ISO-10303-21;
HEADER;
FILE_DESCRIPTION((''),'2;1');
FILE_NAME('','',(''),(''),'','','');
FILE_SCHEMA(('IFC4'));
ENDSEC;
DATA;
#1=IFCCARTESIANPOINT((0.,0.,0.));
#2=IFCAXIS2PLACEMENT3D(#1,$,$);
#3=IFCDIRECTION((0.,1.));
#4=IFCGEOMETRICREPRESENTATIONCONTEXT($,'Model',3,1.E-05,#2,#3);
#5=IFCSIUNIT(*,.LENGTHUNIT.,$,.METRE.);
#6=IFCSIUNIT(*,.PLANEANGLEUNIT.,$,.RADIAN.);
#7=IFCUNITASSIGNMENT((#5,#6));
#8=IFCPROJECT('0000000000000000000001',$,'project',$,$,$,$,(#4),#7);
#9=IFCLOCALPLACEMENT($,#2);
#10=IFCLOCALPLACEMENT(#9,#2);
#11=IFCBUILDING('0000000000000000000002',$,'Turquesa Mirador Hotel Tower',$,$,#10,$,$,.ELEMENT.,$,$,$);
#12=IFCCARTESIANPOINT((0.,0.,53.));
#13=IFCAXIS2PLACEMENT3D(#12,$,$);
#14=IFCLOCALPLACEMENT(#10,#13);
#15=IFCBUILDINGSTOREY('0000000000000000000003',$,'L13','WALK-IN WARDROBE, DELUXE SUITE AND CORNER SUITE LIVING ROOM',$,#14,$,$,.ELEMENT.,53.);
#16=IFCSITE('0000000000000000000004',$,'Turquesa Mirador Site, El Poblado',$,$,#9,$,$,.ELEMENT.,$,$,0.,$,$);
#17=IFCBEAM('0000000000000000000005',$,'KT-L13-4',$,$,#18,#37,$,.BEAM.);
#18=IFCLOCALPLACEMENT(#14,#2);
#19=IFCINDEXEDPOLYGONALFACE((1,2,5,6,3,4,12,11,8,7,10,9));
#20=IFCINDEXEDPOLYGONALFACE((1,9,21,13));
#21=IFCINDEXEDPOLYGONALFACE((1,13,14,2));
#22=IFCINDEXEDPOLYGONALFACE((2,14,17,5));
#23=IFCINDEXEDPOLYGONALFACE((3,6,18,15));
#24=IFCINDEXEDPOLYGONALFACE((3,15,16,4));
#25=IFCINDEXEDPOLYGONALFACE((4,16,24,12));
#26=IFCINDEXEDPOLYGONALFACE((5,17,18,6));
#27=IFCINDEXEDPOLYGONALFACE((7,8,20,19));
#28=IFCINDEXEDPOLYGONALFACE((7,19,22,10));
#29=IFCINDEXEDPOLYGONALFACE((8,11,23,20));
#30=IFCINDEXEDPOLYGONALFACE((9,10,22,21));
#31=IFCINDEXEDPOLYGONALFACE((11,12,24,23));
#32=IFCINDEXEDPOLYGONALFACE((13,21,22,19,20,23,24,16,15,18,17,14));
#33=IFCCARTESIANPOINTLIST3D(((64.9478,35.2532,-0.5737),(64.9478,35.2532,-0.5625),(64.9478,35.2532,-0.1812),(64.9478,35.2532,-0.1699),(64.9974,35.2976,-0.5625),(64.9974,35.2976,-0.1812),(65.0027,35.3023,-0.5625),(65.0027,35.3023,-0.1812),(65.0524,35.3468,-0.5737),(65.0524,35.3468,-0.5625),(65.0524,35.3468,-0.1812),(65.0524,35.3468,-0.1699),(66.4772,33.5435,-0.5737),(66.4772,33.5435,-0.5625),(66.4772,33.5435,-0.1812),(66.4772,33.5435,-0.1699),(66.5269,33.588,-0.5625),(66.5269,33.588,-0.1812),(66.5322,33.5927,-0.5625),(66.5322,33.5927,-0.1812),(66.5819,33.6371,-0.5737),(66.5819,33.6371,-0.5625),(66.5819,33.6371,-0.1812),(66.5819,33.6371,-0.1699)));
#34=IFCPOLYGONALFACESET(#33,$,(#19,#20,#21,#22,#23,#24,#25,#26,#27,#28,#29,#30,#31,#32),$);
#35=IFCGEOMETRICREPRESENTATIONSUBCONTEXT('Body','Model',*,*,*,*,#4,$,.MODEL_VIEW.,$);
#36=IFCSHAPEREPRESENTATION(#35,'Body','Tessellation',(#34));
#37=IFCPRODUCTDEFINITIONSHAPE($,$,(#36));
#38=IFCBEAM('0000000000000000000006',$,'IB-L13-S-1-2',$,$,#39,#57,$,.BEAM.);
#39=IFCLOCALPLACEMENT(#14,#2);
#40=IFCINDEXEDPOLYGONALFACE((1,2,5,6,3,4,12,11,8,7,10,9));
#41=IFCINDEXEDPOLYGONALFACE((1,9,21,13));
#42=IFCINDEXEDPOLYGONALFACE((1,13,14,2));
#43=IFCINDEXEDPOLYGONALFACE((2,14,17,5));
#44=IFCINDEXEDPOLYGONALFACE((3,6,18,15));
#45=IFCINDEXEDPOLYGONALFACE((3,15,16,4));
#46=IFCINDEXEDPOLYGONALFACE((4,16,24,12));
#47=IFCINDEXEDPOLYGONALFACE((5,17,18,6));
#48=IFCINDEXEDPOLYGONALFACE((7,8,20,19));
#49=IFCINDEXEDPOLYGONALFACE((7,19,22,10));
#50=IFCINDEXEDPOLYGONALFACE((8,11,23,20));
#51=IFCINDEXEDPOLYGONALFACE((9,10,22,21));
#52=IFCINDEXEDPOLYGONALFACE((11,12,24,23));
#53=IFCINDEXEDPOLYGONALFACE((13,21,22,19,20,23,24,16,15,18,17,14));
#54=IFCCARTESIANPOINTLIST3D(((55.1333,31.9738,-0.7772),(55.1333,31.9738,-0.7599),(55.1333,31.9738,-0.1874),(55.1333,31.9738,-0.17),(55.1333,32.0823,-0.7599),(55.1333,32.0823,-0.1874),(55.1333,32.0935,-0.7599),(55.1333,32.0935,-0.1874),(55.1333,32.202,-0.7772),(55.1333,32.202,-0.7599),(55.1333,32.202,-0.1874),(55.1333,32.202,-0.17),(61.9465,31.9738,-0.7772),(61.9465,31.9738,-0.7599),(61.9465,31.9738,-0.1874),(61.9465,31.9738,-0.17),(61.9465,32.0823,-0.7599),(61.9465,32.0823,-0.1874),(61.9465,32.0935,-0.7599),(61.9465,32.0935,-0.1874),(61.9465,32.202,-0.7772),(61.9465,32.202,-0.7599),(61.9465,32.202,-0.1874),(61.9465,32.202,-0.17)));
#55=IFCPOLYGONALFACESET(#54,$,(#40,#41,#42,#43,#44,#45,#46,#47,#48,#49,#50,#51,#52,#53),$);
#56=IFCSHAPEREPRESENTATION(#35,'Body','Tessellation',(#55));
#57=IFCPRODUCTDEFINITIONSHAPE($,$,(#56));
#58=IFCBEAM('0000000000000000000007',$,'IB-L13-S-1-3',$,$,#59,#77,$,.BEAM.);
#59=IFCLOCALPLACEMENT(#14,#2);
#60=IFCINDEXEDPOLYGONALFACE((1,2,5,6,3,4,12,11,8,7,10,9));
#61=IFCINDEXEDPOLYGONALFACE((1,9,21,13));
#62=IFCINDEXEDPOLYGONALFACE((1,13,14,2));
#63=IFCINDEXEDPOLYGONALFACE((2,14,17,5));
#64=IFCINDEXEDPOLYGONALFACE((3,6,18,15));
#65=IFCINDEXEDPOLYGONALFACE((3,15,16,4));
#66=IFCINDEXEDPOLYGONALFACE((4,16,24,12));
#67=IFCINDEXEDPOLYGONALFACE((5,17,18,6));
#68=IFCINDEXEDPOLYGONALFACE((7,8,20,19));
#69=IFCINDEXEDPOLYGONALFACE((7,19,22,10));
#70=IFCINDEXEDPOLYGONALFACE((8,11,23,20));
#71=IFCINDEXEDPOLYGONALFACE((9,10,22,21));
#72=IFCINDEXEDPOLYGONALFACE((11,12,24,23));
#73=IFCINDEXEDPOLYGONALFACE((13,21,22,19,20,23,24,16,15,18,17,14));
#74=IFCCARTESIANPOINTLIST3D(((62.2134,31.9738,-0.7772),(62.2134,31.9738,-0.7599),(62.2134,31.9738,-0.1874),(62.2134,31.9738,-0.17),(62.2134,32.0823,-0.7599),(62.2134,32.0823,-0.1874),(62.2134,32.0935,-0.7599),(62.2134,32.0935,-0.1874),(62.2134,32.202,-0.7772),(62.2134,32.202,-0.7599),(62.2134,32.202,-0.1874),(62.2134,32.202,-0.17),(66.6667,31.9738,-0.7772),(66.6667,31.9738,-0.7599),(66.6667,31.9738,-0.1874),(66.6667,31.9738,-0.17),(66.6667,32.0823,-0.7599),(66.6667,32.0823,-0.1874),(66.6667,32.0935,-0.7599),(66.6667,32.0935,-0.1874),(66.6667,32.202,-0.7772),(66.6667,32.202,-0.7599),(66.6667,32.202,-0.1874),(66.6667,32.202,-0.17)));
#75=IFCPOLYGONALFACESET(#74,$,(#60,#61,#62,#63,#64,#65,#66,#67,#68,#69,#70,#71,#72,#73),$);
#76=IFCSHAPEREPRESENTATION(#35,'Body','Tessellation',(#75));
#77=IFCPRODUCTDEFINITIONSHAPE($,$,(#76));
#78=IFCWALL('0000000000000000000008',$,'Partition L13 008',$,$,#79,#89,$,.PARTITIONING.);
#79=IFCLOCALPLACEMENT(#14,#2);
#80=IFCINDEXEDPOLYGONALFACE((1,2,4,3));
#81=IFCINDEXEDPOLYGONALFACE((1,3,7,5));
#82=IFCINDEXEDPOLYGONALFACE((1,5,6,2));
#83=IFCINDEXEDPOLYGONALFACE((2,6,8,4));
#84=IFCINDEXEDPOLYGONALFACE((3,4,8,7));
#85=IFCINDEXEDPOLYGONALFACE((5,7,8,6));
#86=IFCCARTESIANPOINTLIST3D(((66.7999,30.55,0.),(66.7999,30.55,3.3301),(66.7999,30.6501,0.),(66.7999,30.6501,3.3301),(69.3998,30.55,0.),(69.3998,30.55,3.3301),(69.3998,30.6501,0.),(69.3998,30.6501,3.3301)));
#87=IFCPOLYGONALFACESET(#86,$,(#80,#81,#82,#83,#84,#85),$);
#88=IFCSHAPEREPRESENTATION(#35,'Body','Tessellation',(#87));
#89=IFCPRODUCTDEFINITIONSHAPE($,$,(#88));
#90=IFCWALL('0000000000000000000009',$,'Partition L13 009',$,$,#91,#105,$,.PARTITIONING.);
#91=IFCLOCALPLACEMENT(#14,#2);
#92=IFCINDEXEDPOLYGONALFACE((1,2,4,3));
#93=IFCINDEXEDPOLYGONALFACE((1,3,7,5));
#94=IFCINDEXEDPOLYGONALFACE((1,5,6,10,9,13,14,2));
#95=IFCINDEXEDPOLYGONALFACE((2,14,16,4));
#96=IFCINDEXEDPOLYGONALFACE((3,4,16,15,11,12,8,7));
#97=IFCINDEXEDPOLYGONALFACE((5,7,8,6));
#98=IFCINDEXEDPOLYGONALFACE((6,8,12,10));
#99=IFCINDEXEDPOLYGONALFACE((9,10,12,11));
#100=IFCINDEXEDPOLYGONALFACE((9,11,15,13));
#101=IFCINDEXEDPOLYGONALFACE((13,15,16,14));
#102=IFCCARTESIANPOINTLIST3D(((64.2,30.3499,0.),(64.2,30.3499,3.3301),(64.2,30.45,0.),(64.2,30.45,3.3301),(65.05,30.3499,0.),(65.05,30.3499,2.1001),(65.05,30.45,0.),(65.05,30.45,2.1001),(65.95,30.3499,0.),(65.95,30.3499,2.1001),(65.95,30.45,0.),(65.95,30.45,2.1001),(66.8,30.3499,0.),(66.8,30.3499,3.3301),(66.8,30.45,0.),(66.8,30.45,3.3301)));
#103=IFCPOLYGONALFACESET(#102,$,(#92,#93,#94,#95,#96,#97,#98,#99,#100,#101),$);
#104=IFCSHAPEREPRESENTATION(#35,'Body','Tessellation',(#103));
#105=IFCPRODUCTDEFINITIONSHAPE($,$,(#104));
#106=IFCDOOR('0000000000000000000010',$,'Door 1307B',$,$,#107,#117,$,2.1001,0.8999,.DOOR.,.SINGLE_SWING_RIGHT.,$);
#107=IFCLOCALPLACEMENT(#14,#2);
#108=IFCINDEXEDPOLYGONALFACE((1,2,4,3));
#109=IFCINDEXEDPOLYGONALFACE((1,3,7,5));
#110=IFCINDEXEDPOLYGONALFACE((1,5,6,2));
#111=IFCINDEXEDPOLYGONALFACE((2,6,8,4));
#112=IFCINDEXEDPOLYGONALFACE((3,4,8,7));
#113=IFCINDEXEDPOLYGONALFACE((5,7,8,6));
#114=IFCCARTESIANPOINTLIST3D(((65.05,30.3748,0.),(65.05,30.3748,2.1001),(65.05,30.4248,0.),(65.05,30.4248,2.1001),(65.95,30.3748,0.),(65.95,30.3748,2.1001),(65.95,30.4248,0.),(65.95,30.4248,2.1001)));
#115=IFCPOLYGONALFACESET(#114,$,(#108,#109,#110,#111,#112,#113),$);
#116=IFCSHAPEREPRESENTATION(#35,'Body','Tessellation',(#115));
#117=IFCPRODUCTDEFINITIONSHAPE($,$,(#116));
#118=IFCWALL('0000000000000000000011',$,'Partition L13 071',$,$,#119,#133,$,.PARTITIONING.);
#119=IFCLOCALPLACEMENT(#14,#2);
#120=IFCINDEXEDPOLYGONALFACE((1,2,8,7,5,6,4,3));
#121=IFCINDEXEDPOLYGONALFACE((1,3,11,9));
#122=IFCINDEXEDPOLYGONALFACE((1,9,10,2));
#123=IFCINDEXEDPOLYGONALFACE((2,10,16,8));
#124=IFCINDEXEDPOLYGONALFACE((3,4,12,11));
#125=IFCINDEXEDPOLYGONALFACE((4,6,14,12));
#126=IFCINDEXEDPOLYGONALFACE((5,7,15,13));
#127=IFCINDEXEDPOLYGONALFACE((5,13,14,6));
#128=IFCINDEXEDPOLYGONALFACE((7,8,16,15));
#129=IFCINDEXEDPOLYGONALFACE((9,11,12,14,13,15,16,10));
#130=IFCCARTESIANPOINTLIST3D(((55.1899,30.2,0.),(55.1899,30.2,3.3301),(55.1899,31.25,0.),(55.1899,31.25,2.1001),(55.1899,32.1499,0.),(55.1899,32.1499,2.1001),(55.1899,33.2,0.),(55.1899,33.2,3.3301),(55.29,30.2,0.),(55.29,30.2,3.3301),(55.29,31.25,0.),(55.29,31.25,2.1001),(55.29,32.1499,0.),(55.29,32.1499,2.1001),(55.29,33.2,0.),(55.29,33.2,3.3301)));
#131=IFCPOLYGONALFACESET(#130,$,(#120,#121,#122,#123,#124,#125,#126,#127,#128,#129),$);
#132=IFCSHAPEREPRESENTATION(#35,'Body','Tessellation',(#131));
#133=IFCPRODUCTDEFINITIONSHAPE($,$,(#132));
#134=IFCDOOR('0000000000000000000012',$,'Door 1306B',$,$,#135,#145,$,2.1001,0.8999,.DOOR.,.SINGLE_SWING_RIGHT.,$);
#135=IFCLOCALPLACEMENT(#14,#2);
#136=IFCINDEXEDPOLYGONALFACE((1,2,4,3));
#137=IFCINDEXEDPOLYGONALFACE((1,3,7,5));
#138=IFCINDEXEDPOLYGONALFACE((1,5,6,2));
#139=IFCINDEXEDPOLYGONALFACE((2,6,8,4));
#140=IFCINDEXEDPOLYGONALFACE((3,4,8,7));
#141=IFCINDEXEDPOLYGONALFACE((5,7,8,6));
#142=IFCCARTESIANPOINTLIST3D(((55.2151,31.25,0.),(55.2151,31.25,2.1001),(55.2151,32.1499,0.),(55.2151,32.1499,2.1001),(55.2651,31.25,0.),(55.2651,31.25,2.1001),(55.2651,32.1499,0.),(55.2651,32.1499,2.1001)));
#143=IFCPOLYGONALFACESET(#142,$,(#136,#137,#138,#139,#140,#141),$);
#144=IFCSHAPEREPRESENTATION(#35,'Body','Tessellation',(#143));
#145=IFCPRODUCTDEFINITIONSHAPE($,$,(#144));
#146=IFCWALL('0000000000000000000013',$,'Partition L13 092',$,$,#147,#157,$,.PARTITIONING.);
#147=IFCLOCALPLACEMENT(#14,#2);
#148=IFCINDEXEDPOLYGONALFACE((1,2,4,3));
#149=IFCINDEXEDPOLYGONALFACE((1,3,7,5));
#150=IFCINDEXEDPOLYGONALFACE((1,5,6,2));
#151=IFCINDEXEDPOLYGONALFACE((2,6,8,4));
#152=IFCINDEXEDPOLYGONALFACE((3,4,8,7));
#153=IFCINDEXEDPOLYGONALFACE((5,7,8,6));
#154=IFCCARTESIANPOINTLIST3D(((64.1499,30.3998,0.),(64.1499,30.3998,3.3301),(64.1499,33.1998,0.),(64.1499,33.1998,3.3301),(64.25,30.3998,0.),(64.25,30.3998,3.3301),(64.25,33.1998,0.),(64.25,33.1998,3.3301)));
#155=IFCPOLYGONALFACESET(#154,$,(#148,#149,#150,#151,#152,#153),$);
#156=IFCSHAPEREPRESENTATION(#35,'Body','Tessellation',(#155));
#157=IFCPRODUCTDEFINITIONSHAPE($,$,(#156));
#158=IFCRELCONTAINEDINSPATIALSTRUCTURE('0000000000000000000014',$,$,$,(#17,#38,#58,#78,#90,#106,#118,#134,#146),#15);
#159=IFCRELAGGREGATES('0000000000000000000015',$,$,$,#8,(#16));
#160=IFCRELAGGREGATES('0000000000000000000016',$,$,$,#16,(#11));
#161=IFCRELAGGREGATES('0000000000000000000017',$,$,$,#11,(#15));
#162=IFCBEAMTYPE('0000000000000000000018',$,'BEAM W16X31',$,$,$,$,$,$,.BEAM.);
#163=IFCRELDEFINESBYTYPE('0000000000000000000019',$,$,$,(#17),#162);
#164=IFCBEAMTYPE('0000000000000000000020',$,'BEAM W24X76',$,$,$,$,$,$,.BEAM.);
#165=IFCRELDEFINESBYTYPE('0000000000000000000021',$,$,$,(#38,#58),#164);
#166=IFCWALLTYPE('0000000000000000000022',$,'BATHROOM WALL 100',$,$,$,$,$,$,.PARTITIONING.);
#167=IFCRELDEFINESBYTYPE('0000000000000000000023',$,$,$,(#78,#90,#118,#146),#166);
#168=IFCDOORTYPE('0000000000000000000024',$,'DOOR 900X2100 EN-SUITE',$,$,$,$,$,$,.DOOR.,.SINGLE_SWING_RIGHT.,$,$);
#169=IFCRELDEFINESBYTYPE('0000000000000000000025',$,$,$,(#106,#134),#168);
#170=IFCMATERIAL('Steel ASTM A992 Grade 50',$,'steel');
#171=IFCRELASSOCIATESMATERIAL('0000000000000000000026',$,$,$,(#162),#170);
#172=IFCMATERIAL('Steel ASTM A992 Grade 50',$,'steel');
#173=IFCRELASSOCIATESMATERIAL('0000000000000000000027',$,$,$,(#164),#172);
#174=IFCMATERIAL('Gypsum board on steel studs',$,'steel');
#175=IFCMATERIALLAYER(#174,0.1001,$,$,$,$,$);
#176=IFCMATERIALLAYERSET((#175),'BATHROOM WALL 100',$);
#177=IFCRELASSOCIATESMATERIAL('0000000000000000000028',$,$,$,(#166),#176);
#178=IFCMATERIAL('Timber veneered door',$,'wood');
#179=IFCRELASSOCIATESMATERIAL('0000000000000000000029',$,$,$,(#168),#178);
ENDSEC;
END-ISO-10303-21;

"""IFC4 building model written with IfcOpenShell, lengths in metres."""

from ifc_helpers import new_model, si_unit, direction, frame, frame_2d, origin, origin_2d, place, context, subcontext, project, spatial, rectangle, i_section, extrude, material, layer, layer_set, material_profile, profile_set, type_object, element, fill, save


model = new_model("IFC4")

# Units and contexts
model_context = context("Model", 3, precision=1e-05, world=origin(), true_north=direction((0.0, 1.0)))
body_context = subcontext(model_context, "Body", "Model", "MODEL_VIEW")
ifc_project = project(units=[si_unit("LENGTHUNIT", "METRE"), si_unit("PLANEANGLEUNIT", "RADIAN")], contexts=[model_context])

# Site, building, storey
site_placement = place(None, origin())
site = spatial("IfcSite", under=ifc_project, at=site_placement, Name="Turquesa Mirador Site, El Poblado", CompositionType="ELEMENT", RefElevation=0.0)
building_placement = place(site_placement, origin())
building = spatial("IfcBuilding", under=site, at=building_placement, Name="Turquesa Mirador Hotel Tower", CompositionType="ELEMENT")
storey_placement = place(building_placement, frame((0.0, 0.0, 53.0)))
storey = spatial("IfcBuildingStorey", under=building, at=storey_placement, Name="L13", Description="WALK-IN WARDROBE, DELUXE SUITE AND CORNER SUITE LIVING ROOM", CompositionType="ELEMENT", Elevation=53.0)

# Beams
ifc_material_1 = material(Name="Steel ASTM A992 Grade 50", Category="steel")
ifc_material_profile_1 = material_profile(ifc_material_1, i_section(OverallWidth=0.1404, OverallDepth=0.4038, WebThickness=0.0071, FlangeThickness=0.0112, at=origin_2d()), Name="W16X31")
ifc_profile_set_1 = profile_set([ifc_material_profile_1], Name="Steel ASTM A992 Grade 50")
beam_type_1 = type_object("IfcBeamType", Name="BEAM W16X31", PredefinedType="BEAM", material=ifc_profile_set_1)
beam_1_placement = place(storey_placement, frame((66.5295, 33.5903, -0.3718), z_axis=(-0.666745, 0.745286, 0.0), x_axis=(-0.745286, -0.666745, 0.0)))
element("IfcBeam", 1, at=beam_1_placement, inside=storey, type_object=beam_type_1, Name="KT-L13-4", PredefinedType="BEAM", context=body_context, shape_type="SweptSolid", body=[
    extrude(i_section(OverallWidth=0.1404, OverallDepth=0.4038, WebThickness=0.0071, FlangeThickness=0.0112, at=origin_2d()), origin(), (0.0, 0.0, 1.0), 2.2939),
])
ifc_material_2 = material(Name="Steel ASTM A992 Grade 50", Category="steel")
ifc_material_profile_2 = material_profile(ifc_material_2, i_section(OverallWidth=0.2283, OverallDepth=0.6072, WebThickness=0.0112, FlangeThickness=0.0173, at=origin_2d()), Name="W24X76")
ifc_profile_set_2 = profile_set([ifc_material_profile_2], Name="Steel ASTM A992 Grade 50")
beam_type_2 = type_object("IfcBeamType", Name="BEAM W24X76", PredefinedType="BEAM", material=ifc_profile_set_2)
beam_2_placement = place(storey_placement, frame((55.1333, 32.0879, -0.4736), z_axis=(1.0, 0.0, 0.0), x_axis=(0.0, 1.0, 0.0)))
element("IfcBeam", 2, at=beam_2_placement, inside=storey, type_object=beam_type_2, Name="IB-L13-S-1-2", PredefinedType="BEAM", context=body_context, shape_type="SweptSolid", body=[
    extrude(i_section(OverallWidth=0.2283, OverallDepth=0.6072, WebThickness=0.0112, FlangeThickness=0.0173, at=origin_2d()), origin(), (0.0, 0.0, 1.0), 6.8132),
])
beam_3_placement = place(storey_placement, frame((62.2134, 32.0879, -0.4736), z_axis=(1.0, 0.0, 0.0), x_axis=(0.0, 1.0, 0.0)))
element("IfcBeam", 3, at=beam_3_placement, inside=storey, type_object=beam_type_2, Name="IB-L13-S-1-3", PredefinedType="BEAM", context=body_context, shape_type="SweptSolid", body=[
    extrude(i_section(OverallWidth=0.2283, OverallDepth=0.6072, WebThickness=0.0112, FlangeThickness=0.0173, at=origin_2d()), origin(), (0.0, 0.0, 1.0), 4.4534),
])

# Wall
ifc_material_3 = material(Name="Gypsum board on steel studs", Category="steel")
ifc_layer_1 = layer(ifc_material_3, 0.1001)
ifc_layer_set_1 = layer_set([ifc_layer_1], Name="BATHROOM WALL 100")
wall_type_1 = type_object("IfcWallType", Name="BATHROOM WALL 100", PredefinedType="PARTITIONING", material=ifc_layer_set_1)
wall_1_placement = place(storey_placement, frame((66.8, 30.6001, 0.0), z_axis=(0.0, 0.0, 1.0), x_axis=(1.0, 0.0, 0.0)))
element("IfcWall", 4, at=wall_1_placement, inside=storey, type_object=wall_type_1, Name="Partition L13 008", PredefinedType="PARTITIONING", context=body_context, shape_type="SweptSolid", body=[
    extrude(rectangle(XDim=2.5999, YDim=0.1001, at=frame_2d((1.2998, 0.0))), origin(), (0.0, 0.0, 1.0), 3.3301),
])

# Walls, openings, doors
wall_2_placement = place(storey_placement, frame((64.2, 30.3999, 0.0), z_axis=(0.0, 0.0, 1.0), x_axis=(1.0, 0.0, 0.0)))
wall_2 = element("IfcWall", 5, at=wall_2_placement, inside=storey, type_object=wall_type_1, Name="Partition L13 009", PredefinedType="PARTITIONING", context=body_context, shape_type="SweptSolid", body=[
    extrude(rectangle(XDim=2.6001, YDim=0.1001, at=frame_2d((1.3, 0.0))), origin(), (0.0, 0.0, 1.0), 3.3301),
])
opening_1_placement = place(wall_2_placement, frame((0.8501, 0.0, 0.0)))
opening_1 = element("IfcOpeningElement", 6, at=opening_1_placement, cuts=wall_2, PredefinedType="OPENING", context=body_context, shape_type="SweptSolid", body=[
    extrude(rectangle(XDim=0.8999, YDim=2.1001, at=frame_2d((0.45, 1.05))), frame((0.0, 0.0601, 0.0), z_axis=(0.0, -1.0, 0.0), x_axis=(1.0, 0.0, 0.0)), (0.0, 0.0, 1.0), 0.1201),
])
ifc_material_4 = material(Name="Timber veneered door", Category="wood")
door_type_1 = type_object("IfcDoorType", Name="DOOR 900X2100 EN-SUITE", OperationType="SINGLE_SWING_RIGHT", PredefinedType="DOOR", material=ifc_material_4)
door_1_placement = place(opening_1_placement, origin())
door_1 = element("IfcDoor", 7, at=door_1_placement, inside=storey, type_object=door_type_1, Name="Door 1307B", OperationType="SINGLE_SWING_RIGHT", OverallHeight=2.1001, OverallWidth=0.8999, PredefinedType="DOOR", context=body_context, shape_type="SweptSolid", body=[
    extrude(rectangle(XDim=0.8999, YDim=2.1001, at=frame_2d((0.45, 1.05))), frame((0.0, 0.0249, 0.0), z_axis=(0.0, -1.0, 0.0), x_axis=(1.0, 0.0, 0.0)), (0.0, 0.0, 1.0), 0.05),
])
fill(opening_1, door_1)
wall_3_placement = place(storey_placement, frame((55.24, 30.2, 0.0), z_axis=(0.0, 0.0, 1.0), x_axis=(0.0, 1.0, 0.0)))
wall_3 = element("IfcWall", 8, at=wall_3_placement, inside=storey, type_object=wall_type_1, Name="Partition L13 071", PredefinedType="PARTITIONING", context=body_context, shape_type="SweptSolid", body=[
    extrude(rectangle(XDim=3.0, YDim=0.1001, at=frame_2d((1.5, 0.0))), origin(), (0.0, 0.0, 1.0), 3.3301),
])
opening_2_placement = place(wall_3_placement, frame((1.05, 0.0, 0.0)))
opening_2 = element("IfcOpeningElement", 9, at=opening_2_placement, cuts=wall_3, PredefinedType="OPENING", context=body_context, shape_type="SweptSolid", body=[
    extrude(rectangle(XDim=0.8999, YDim=2.1001, at=frame_2d((0.45, 1.05))), frame((0.0, 0.0601, 0.0), z_axis=(0.0, -1.0, 0.0), x_axis=(1.0, 0.0, 0.0)), (0.0, 0.0, 1.0), 0.1201),
])
door_2_placement = place(opening_2_placement, origin())
door_2 = element("IfcDoor", 10, at=door_2_placement, inside=storey, type_object=door_type_1, Name="Door 1306B", OperationType="SINGLE_SWING_RIGHT", OverallHeight=2.1001, OverallWidth=0.8999, PredefinedType="DOOR", context=body_context, shape_type="SweptSolid", body=[
    extrude(rectangle(XDim=0.8999, YDim=2.1001, at=frame_2d((0.45, 1.05))), frame((0.0, 0.0249, 0.0), z_axis=(0.0, -1.0, 0.0), x_axis=(1.0, 0.0, 0.0)), (0.0, 0.0, 1.0), 0.05),
])
fill(opening_2, door_2)

# Wall
wall_4_placement = place(storey_placement, frame((64.2, 30.3999, 0.0), z_axis=(0.0, 0.0, 1.0), x_axis=(0.0, 1.0, 0.0)))
element("IfcWall", 11, at=wall_4_placement, inside=storey, type_object=wall_type_1, Name="Partition L13 092", PredefinedType="PARTITIONING", context=body_context, shape_type="SweptSolid", body=[
    extrude(rectangle(XDim=2.8, YDim=0.1001, at=frame_2d((1.3999, 0.0))), origin(), (0.0, 0.0, 1.0), 3.3301),
])

save(model, "model.ifc")
